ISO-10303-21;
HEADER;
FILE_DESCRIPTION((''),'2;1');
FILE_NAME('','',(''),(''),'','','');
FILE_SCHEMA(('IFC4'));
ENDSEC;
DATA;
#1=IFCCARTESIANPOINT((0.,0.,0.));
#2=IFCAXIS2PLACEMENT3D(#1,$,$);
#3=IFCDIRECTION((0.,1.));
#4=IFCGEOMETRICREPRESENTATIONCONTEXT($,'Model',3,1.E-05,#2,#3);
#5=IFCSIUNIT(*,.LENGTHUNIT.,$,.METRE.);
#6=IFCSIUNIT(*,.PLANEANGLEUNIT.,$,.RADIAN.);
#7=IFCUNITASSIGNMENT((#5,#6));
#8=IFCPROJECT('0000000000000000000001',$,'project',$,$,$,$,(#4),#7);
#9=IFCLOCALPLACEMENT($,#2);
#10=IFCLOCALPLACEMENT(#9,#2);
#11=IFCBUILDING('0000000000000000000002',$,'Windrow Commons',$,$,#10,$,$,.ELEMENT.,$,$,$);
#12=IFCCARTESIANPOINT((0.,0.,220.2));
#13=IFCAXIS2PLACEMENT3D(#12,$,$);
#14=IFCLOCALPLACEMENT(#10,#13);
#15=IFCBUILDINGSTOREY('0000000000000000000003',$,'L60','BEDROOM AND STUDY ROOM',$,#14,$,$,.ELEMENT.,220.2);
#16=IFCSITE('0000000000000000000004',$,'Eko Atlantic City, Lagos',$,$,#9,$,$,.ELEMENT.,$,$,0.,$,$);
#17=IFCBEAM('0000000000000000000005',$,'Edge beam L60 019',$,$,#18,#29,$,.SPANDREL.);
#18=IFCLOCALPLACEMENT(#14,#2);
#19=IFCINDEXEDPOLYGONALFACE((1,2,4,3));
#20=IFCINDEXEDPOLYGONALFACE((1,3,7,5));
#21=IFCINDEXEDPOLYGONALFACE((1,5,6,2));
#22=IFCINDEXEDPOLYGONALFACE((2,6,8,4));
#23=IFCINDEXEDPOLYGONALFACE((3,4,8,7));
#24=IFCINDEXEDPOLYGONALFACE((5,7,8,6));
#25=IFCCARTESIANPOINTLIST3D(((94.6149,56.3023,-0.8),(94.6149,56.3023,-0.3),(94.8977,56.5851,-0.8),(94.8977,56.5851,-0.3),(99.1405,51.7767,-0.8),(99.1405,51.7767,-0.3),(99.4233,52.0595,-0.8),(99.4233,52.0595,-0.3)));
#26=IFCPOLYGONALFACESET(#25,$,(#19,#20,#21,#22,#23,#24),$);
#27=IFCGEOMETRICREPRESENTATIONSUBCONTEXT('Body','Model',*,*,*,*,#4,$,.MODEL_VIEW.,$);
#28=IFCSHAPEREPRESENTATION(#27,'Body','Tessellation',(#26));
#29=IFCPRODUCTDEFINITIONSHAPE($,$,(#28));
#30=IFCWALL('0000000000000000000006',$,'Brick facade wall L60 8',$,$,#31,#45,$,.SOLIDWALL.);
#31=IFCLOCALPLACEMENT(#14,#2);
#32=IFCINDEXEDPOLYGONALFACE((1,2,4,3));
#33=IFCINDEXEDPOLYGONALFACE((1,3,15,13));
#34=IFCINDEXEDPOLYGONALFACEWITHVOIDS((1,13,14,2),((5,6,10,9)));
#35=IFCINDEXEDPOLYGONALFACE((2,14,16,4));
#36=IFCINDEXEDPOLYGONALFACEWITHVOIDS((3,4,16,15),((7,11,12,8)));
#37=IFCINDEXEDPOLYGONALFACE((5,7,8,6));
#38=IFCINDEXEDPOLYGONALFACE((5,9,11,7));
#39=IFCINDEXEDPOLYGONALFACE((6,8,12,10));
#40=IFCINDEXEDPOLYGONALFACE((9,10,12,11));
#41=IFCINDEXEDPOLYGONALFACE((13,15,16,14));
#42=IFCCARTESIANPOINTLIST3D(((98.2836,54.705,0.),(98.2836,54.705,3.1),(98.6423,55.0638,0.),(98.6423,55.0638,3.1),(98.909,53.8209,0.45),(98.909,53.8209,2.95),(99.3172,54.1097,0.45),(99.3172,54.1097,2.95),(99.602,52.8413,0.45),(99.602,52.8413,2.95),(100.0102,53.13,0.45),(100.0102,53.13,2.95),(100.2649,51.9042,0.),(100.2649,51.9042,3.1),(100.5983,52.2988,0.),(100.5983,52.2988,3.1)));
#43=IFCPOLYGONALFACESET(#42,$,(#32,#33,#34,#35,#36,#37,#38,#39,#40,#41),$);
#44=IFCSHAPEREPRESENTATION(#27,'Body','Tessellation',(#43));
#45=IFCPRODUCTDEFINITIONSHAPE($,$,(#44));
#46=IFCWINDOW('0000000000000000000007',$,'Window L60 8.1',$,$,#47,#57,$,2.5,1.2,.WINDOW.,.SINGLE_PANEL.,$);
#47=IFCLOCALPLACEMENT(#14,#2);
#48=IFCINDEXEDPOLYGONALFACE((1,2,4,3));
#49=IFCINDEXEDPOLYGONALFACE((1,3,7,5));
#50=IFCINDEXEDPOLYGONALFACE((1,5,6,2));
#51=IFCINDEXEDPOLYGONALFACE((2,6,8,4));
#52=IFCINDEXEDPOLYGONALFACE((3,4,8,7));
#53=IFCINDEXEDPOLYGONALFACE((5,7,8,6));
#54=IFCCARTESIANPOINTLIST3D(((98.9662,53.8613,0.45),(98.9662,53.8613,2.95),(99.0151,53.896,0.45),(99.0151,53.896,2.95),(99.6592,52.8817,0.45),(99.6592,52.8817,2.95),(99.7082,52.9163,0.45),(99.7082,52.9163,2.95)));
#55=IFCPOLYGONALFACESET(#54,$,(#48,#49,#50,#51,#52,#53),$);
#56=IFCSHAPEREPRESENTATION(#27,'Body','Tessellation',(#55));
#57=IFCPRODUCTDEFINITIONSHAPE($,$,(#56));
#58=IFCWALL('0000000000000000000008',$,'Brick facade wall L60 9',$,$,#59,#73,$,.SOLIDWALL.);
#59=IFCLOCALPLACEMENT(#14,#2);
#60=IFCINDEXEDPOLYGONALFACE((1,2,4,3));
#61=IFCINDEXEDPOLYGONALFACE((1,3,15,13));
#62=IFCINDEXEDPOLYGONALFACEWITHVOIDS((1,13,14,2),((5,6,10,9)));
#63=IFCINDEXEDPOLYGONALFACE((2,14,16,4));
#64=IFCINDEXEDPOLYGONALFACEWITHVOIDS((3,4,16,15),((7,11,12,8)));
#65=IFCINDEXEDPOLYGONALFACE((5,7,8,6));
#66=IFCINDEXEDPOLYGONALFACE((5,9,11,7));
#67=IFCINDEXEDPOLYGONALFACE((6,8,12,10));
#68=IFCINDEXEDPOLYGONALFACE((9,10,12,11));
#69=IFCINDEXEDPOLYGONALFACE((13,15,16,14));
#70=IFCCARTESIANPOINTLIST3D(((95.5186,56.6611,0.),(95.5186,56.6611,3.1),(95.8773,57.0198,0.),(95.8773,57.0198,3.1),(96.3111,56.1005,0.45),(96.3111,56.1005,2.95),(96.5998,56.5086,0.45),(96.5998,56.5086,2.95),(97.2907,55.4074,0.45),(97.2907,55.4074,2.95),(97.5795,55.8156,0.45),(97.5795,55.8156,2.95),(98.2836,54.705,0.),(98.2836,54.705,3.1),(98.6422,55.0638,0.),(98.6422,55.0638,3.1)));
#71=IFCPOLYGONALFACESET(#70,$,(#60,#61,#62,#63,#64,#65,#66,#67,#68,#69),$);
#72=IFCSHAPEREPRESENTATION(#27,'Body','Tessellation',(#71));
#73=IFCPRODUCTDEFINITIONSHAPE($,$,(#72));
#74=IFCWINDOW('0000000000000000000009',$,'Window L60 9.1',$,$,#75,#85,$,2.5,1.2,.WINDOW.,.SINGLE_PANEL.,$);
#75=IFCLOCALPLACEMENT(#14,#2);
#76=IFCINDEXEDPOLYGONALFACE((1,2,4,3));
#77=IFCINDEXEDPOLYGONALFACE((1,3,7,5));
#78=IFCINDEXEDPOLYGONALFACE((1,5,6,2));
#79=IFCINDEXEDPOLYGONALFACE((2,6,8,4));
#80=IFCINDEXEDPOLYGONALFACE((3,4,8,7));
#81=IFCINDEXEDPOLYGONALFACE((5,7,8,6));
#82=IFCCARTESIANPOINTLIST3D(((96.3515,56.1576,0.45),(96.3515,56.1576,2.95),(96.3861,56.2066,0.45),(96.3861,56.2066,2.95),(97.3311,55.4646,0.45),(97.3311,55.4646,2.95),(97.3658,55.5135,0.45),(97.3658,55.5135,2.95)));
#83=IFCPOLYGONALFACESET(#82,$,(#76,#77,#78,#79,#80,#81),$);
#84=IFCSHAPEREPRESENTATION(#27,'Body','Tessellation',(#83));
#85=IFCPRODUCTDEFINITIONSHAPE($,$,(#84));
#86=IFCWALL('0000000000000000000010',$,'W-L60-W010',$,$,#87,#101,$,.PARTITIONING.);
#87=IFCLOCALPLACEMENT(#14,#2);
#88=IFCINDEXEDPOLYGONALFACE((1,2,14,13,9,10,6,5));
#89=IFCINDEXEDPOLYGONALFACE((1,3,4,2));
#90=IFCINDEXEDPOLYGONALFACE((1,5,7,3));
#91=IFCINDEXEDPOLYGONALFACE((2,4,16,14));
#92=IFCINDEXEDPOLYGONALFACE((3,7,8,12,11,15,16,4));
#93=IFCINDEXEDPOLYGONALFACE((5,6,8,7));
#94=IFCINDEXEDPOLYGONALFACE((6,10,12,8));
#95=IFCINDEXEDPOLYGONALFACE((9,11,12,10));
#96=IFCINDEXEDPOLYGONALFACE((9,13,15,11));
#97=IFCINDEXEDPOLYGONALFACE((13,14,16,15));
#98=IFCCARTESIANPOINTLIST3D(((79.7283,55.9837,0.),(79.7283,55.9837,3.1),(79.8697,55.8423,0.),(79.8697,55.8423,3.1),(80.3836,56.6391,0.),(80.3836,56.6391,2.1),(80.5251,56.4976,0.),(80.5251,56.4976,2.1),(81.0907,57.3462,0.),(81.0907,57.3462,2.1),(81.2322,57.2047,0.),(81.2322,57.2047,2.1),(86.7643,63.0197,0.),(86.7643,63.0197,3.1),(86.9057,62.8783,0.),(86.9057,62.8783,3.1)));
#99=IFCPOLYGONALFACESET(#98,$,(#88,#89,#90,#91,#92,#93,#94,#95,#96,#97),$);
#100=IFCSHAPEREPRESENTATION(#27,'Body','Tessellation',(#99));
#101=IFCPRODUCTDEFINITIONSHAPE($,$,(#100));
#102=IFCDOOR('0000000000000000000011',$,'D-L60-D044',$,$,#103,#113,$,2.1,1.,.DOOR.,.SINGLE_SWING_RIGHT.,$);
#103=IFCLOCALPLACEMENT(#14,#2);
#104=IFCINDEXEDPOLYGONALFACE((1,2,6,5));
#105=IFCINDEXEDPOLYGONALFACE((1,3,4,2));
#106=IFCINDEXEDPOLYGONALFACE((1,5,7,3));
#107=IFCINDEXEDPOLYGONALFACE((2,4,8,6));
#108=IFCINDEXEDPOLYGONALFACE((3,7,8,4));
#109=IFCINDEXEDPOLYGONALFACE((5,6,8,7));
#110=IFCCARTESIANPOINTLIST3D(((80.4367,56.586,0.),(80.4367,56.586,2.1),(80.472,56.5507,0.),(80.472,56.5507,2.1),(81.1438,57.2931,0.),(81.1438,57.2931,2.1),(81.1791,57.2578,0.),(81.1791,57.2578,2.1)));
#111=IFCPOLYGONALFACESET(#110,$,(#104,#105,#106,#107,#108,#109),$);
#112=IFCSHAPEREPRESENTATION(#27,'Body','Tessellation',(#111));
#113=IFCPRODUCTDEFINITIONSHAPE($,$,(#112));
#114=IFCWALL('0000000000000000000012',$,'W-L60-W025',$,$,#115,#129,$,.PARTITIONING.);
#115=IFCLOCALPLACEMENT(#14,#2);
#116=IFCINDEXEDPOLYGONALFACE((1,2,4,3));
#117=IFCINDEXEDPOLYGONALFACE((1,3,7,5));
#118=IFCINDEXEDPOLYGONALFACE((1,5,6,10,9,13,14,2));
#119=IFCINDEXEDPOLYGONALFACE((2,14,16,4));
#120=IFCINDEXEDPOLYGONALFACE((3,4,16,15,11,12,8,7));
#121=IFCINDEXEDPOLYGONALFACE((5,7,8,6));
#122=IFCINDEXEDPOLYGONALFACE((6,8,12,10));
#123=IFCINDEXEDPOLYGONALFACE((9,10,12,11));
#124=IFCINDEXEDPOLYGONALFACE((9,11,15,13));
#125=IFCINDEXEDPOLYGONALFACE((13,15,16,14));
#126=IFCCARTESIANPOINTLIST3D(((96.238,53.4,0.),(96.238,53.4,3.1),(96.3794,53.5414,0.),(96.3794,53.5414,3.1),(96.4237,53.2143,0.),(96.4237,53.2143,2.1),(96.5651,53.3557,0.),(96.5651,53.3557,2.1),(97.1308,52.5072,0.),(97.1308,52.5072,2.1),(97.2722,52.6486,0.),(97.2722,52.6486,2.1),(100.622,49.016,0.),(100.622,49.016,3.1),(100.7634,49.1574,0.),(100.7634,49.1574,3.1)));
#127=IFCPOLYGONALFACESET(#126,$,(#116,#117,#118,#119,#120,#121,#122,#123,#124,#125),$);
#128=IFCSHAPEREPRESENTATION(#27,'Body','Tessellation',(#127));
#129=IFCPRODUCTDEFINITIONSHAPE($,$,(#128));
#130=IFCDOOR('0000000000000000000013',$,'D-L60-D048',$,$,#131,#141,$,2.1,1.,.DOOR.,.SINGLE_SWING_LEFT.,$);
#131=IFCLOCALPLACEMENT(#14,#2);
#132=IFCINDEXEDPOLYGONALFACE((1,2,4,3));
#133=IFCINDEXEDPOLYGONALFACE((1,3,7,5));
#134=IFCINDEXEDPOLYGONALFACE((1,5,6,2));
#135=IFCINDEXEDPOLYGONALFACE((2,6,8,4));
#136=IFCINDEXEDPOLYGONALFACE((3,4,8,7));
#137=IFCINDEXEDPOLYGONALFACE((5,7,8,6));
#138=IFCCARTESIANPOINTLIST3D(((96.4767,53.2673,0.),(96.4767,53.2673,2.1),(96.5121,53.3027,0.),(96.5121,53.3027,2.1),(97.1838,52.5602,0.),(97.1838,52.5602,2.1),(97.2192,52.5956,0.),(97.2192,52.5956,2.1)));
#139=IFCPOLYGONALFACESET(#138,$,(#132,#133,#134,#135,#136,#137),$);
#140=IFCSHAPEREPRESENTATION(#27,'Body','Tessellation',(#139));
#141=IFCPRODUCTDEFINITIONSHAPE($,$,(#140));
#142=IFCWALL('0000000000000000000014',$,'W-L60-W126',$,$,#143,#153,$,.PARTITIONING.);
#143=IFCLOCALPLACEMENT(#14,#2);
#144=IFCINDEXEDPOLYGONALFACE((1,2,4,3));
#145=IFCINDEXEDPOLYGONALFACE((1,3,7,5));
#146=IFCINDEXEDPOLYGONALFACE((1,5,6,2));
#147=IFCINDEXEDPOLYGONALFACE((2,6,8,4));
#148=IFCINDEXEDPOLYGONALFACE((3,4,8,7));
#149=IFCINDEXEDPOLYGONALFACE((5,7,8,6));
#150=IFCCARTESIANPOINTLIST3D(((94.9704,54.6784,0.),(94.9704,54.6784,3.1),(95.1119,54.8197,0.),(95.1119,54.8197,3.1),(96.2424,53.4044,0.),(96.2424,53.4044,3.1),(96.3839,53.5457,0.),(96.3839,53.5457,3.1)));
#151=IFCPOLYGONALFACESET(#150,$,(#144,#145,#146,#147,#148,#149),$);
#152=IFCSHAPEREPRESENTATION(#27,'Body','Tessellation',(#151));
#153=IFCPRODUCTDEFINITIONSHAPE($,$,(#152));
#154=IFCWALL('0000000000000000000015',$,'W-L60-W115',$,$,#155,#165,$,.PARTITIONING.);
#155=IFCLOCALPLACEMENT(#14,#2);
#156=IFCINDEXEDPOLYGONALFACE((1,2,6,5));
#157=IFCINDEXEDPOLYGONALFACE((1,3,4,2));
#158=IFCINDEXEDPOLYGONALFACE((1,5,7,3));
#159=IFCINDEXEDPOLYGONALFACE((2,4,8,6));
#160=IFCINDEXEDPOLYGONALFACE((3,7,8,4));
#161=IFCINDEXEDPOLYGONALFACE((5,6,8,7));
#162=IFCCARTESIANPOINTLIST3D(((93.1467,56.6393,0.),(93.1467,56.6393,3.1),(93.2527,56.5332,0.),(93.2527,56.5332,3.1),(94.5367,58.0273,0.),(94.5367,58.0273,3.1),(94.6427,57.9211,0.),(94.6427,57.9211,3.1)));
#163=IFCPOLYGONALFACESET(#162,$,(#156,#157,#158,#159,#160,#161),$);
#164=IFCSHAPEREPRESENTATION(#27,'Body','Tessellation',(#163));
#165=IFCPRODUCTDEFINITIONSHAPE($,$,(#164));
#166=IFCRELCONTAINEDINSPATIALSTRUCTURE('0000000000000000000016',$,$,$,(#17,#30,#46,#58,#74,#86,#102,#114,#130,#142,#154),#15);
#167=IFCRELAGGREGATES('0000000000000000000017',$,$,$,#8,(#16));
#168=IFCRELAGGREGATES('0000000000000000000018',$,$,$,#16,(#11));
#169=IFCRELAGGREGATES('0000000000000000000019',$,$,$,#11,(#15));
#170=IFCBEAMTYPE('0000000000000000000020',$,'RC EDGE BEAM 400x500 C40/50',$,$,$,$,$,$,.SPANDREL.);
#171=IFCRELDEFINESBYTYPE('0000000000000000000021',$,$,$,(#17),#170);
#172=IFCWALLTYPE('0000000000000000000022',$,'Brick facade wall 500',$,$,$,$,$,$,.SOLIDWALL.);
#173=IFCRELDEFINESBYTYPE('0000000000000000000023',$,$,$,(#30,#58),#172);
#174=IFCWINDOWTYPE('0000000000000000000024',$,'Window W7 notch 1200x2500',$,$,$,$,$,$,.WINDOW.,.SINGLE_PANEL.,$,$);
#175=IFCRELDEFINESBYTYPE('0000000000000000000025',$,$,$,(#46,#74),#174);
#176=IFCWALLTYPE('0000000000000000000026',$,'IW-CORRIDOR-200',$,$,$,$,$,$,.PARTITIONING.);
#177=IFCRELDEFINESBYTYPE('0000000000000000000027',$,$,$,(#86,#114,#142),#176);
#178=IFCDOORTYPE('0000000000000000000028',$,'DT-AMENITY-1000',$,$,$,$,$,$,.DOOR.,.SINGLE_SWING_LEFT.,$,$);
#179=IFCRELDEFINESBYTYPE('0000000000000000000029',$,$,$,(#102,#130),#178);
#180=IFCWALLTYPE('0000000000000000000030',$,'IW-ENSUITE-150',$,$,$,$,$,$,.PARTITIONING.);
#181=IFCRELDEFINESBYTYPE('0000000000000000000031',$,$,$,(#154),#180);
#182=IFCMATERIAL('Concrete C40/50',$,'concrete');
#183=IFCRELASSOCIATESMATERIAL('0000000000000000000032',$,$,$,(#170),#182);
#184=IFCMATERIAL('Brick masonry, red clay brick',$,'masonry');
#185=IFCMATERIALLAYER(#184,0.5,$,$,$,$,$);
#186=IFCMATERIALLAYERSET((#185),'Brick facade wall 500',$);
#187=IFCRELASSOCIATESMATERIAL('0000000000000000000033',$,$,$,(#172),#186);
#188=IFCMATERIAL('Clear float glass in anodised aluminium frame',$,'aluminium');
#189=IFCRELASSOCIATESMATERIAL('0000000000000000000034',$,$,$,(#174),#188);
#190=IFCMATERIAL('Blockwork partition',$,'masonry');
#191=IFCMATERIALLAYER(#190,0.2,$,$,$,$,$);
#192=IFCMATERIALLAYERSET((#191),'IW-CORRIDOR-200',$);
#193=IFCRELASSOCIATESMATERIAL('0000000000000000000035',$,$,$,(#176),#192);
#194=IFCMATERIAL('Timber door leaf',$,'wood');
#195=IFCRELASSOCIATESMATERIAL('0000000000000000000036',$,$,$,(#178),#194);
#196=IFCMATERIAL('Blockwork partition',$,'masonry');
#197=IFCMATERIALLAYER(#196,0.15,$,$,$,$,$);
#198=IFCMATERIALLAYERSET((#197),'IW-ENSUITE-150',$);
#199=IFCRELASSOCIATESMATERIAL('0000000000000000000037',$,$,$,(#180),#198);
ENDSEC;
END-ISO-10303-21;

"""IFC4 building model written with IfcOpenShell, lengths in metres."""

from ifc_helpers import new_model, si_unit, direction, frame, frame_2d, origin, origin_2d, place, context, subcontext, project, spatial, polyline, rectangle, outline, extrude, material, layer, layer_set, material_profile, profile_set, type_object, element, fill, save


model = new_model("IFC4")

# Units and contexts
model_context = context("Model", 3, precision=1e-05, world=origin(), true_north=direction((0.0, 1.0)))
body_context = subcontext(model_context, "Body", "Model", "MODEL_VIEW")
ifc_project = project(units=[si_unit("LENGTHUNIT", "METRE"), si_unit("PLANEANGLEUNIT", "RADIAN")], contexts=[model_context])

# Site, building, storey
site_placement = place(None, origin())
site = spatial("IfcSite", under=ifc_project, at=site_placement, Name="Eko Atlantic City, Lagos", CompositionType="ELEMENT", RefElevation=0.0)
building_placement = place(site_placement, origin())
building = spatial("IfcBuilding", under=site, at=building_placement, Name="Windrow Commons", CompositionType="ELEMENT")
storey_placement = place(building_placement, frame((0.0, 0.0, 220.2)))
storey = spatial("IfcBuildingStorey", under=building, at=storey_placement, Name="L60", Description="BEDROOM AND STUDY ROOM", CompositionType="ELEMENT", Elevation=220.2)

# Beam
ifc_material_1 = material(Name="Concrete C40/50", Category="concrete")
ifc_material_profile = material_profile(ifc_material_1, rectangle(XDim=0.4, YDim=0.5, at=origin_2d()))
ifc_profile_set = profile_set([ifc_material_profile], Name="Concrete C40/50")
beam_type = type_object("IfcBeamType", Name="RC EDGE BEAM 400x500 C40/50", PredefinedType="SPANDREL", material=ifc_profile_set)
beam_placement = place(storey_placement, frame((94.7563, 56.4437, -0.55), z_axis=(0.707107, -0.707107, 0.0), x_axis=(0.707107, 0.707107, 0.0)))
element("IfcBeam", 1, at=beam_placement, inside=storey, type_object=beam_type, Name="Edge beam L60 019", PredefinedType="SPANDREL", context=body_context, shape_type="SweptSolid", body=[
    extrude(rectangle(XDim=0.4, YDim=0.5, at=origin_2d()), origin(), (0.0, 0.0, 1.0), 6.4002),
])

# Walls, openings, windows
ifc_material_2 = material(Name="Brick masonry, red clay brick", Category="masonry")
ifc_layer_1 = layer(ifc_material_2, 0.5)
ifc_layer_set_1 = layer_set([ifc_layer_1], Name="Brick facade wall 500")
wall_type_1 = type_object("IfcWallType", Name="Brick facade wall 500", PredefinedType="SOLIDWALL", material=ifc_layer_set_1)
wall_1_placement = place(storey_placement, frame((100.4316, 52.1015, 0.0), z_axis=(0.0, 0.0, 1.0), x_axis=(-0.577525, 0.816373, 0.0)))
wall_1 = element("IfcWall", 2, at=wall_1_placement, inside=storey, type_object=wall_type_1, Name="Brick facade wall L60 8", PredefinedType="SOLIDWALL", context=body_context, shape_type="SweptSolid", body=[
    extrude(outline(polyline([(0.0648, -0.25), (3.4517, -0.25), (3.366, 0.25), (-0.0648, 0.25), (0.0648, -0.25)])), origin(), (0.0, 0.0, 1.0), 3.1),
])
opening_1_placement = place(wall_1_placement, frame((1.083, 0.0, 0.45)))
opening_1 = element("IfcOpeningElement", 3, at=opening_1_placement, cuts=wall_1, PredefinedType="OPENING", context=body_context, shape_type="SweptSolid", body=[
    extrude(rectangle(XDim=1.2, YDim=2.5, at=frame_2d((0.6, 1.25))), frame((0.0, 0.26, 0.0), z_axis=(0.0, -1.0, 0.0), x_axis=(1.0, 0.0, 0.0)), (0.0, 0.0, 1.0), 0.52),
])
ifc_material_3 = material(Name="Clear float glass in anodised aluminium frame", Category="aluminium")
window_type = type_object("IfcWindowType", Name="Window W7 notch 1200x2500", PartitioningType="SINGLE_PANEL", PredefinedType="WINDOW", material=ifc_material_3)
window_1_placement = place(opening_1_placement, origin())
window_1 = element("IfcWindow", 4, at=window_1_placement, inside=storey, type_object=window_type, Name="Window L60 8.1", OverallHeight=2.5, OverallWidth=1.2, PartitioningType="SINGLE_PANEL", PredefinedType="WINDOW", context=body_context, shape_type="SweptSolid", body=[
    extrude(rectangle(XDim=1.2, YDim=2.5, at=frame_2d((0.6, 1.25))), frame((0.0, 0.18, 0.0), z_axis=(0.0, -1.0, 0.0), x_axis=(1.0, 0.0, 0.0)), (0.0, 0.0, 1.0), 0.06),
])
fill(opening_1, window_1)
wall_2_placement = place(storey_placement, frame((98.4629, 54.8844, 0.0), z_axis=(0.0, 0.0, 1.0), x_axis=(-0.816368, 0.577531, 0.0)))
wall_2 = element("IfcWall", 5, at=wall_2_placement, inside=storey, type_object=wall_type_1, Name="Brick facade wall L60 9", PredefinedType="SOLIDWALL", context=body_context, shape_type="SweptSolid", body=[
    extrude(outline(polyline([(-0.0428, -0.25), (3.3441, -0.25), (3.4297, 0.25), (0.0428, 0.25), (-0.0428, -0.25)])), origin(), (0.0, 0.0, 1.0), 3.1),
])
opening_2_placement = place(wall_2_placement, frame((1.259, 0.0, 0.45)))
opening_2 = element("IfcOpeningElement", 6, at=opening_2_placement, cuts=wall_2, PredefinedType="OPENING", context=body_context, shape_type="SweptSolid", body=[
    extrude(rectangle(XDim=1.2, YDim=2.5, at=frame_2d((0.6, 1.25))), frame((0.0, 0.26, 0.0), z_axis=(0.0, -1.0, 0.0), x_axis=(1.0, 0.0, 0.0)), (0.0, 0.0, 1.0), 0.52),
])
window_2_placement = place(opening_2_placement, origin())
window_2 = element("IfcWindow", 7, at=window_2_placement, inside=storey, type_object=window_type, Name="Window L60 9.1", OverallHeight=2.5, OverallWidth=1.2, PartitioningType="SINGLE_PANEL", PredefinedType="WINDOW", context=body_context, shape_type="SweptSolid", body=[
    extrude(rectangle(XDim=1.2, YDim=2.5, at=frame_2d((0.6, 1.25))), frame((0.0, 0.18, 0.0), z_axis=(0.0, -1.0, 0.0), x_axis=(1.0, 0.0, 0.0)), (0.0, 0.0, 1.0), 0.06),
])
fill(opening_2, window_2)

# Walls, openings, doors
ifc_material_4 = material(Name="Blockwork partition", Category="masonry")
ifc_layer_2 = layer(ifc_material_4, 0.2)
ifc_layer_set_2 = layer_set([ifc_layer_2], Name="IW-CORRIDOR-200")
wall_type_2 = type_object("IfcWallType", Name="IW-CORRIDOR-200", PredefinedType="PARTITIONING", material=ifc_layer_set_2)
wall_3_placement = place(storey_placement, frame((79.799, 55.913, 0.0), z_axis=(0.0, 0.0, 1.0), x_axis=(0.707107, 0.707107, 0.0)))
wall_3 = element("IfcWall", 8, at=wall_3_placement, inside=storey, type_object=wall_type_2, Name="W-L60-W010", PredefinedType="PARTITIONING", context=body_context, shape_type="SweptSolid", body=[
    extrude(rectangle(XDim=9.9504, YDim=0.2, at=frame_2d((4.9752, 0.0))), origin(), (0.0, 0.0, 1.0), 3.1),
])
opening_3_placement = place(wall_3_placement, frame((0.9268, 0.0, 0.0)))
opening_3 = element("IfcOpeningElement", 9, at=opening_3_placement, cuts=wall_3, PredefinedType="OPENING", context=body_context, shape_type="SweptSolid", body=[
    extrude(rectangle(XDim=1.0, YDim=2.1, at=frame_2d((0.5, 1.05))), frame((0.0, 0.11, 0.0), z_axis=(0.0, -1.0, 0.0), x_axis=(1.0, 0.0, 0.0)), (0.0, 0.0, 1.0), 0.22),
])
ifc_material_5 = material(Name="Timber door leaf", Category="wood")
door_type_1 = type_object("IfcDoorType", Name="DT-AMENITY-1000", OperationType="SINGLE_SWING_LEFT", PredefinedType="DOOR", material=ifc_material_5)
door_1_placement = place(opening_3_placement, origin())
door_1 = element("IfcDoor", 10, at=door_1_placement, inside=storey, type_object=door_type_1, Name="D-L60-D044", OperationType="SINGLE_SWING_RIGHT", OverallHeight=2.1, OverallWidth=1.0, PredefinedType="DOOR", context=body_context, shape_type="SweptSolid", body=[
    extrude(rectangle(XDim=1.0, YDim=2.1, at=frame_2d((0.5, 1.05))), frame((0.0, 0.025, 0.0), z_axis=(0.0, -1.0, 0.0), x_axis=(1.0, 0.0, 0.0)), (0.0, 0.0, 1.0), 0.05),
])
fill(opening_3, door_1)
wall_4_placement = place(storey_placement, frame((96.3087, 53.4707, 0.0), z_axis=(0.0, 0.0, 1.0), x_axis=(0.707107, -0.707107, 0.0)))
wall_4 = element("IfcWall", 11, at=wall_4_placement, inside=storey, type_object=wall_type_2, Name="W-L60-W025", PredefinedType="PARTITIONING", context=body_context, shape_type="SweptSolid", body=[
    extrude(rectangle(XDim=6.1999, YDim=0.2, at=frame_2d((3.1, 0.0))), origin(), (0.0, 0.0, 1.0), 3.1),
])
opening_4_placement = place(wall_4_placement, frame((0.2626, 0.0, 0.0)))
opening_4 = element("IfcOpeningElement", 12, at=opening_4_placement, cuts=wall_4, PredefinedType="OPENING", context=body_context, shape_type="SweptSolid", body=[
    extrude(rectangle(XDim=1.0, YDim=2.1, at=frame_2d((0.5, 1.05))), frame((0.0, 0.11, 0.0), z_axis=(0.0, -1.0, 0.0), x_axis=(1.0, 0.0, 0.0)), (0.0, 0.0, 1.0), 0.22),
])
door_2_placement = place(opening_4_placement, origin())
door_2 = element("IfcDoor", 13, at=door_2_placement, inside=storey, type_object=door_type_1, Name="D-L60-D048", OperationType="SINGLE_SWING_LEFT", OverallHeight=2.1, OverallWidth=1.0, PredefinedType="DOOR", context=body_context, shape_type="SweptSolid", body=[
    extrude(rectangle(XDim=1.0, YDim=2.1, at=frame_2d((0.5, 1.05))), frame((0.0, 0.025, 0.0), z_axis=(0.0, -1.0, 0.0), x_axis=(1.0, 0.0, 0.0)), (0.0, 0.0, 1.0), 0.05),
])
fill(opening_4, door_2)

# Walls
wall_5_placement = place(storey_placement, frame((95.0411, 54.7491, 0.0), z_axis=(0.0, 0.0, 1.0), x_axis=(0.706551, -0.707662, 0.0)))
element("IfcWall", 14, at=wall_5_placement, inside=storey, type_object=wall_type_2, Name="W-L60-W126", PredefinedType="PARTITIONING", context=body_context, shape_type="SweptSolid", body=[
    extrude(rectangle(XDim=1.8003, YDim=0.2, at=frame_2d((0.9002, 0.0))), origin(), (0.0, 0.0, 1.0), 3.1),
])
ifc_material_6 = material(Name="Blockwork partition", Category="masonry")
ifc_layer_3 = layer(ifc_material_6, 0.15)
ifc_layer_set_3 = layer_set([ifc_layer_3], Name="IW-ENSUITE-150")
wall_type_3 = type_object("IfcWallType", Name="IW-ENSUITE-150", PredefinedType="PARTITIONING", material=ifc_layer_set_3)
wall_6_placement = place(storey_placement, frame((93.1997, 56.5863, 0.0), z_axis=(0.0, 0.0, 1.0), x_axis=(0.707641, 0.706572, 0.0)))
element("IfcWall", 15, at=wall_6_placement, inside=storey, type_object=wall_type_3, Name="W-L60-W115", PredefinedType="PARTITIONING", context=body_context, shape_type="SweptSolid", body=[
    extrude(rectangle(XDim=1.9643, YDim=0.15, at=frame_2d((0.9821, 0.0))), origin(), (0.0, 0.0, 1.0), 3.1),
])

save(model, "model.ifc")
